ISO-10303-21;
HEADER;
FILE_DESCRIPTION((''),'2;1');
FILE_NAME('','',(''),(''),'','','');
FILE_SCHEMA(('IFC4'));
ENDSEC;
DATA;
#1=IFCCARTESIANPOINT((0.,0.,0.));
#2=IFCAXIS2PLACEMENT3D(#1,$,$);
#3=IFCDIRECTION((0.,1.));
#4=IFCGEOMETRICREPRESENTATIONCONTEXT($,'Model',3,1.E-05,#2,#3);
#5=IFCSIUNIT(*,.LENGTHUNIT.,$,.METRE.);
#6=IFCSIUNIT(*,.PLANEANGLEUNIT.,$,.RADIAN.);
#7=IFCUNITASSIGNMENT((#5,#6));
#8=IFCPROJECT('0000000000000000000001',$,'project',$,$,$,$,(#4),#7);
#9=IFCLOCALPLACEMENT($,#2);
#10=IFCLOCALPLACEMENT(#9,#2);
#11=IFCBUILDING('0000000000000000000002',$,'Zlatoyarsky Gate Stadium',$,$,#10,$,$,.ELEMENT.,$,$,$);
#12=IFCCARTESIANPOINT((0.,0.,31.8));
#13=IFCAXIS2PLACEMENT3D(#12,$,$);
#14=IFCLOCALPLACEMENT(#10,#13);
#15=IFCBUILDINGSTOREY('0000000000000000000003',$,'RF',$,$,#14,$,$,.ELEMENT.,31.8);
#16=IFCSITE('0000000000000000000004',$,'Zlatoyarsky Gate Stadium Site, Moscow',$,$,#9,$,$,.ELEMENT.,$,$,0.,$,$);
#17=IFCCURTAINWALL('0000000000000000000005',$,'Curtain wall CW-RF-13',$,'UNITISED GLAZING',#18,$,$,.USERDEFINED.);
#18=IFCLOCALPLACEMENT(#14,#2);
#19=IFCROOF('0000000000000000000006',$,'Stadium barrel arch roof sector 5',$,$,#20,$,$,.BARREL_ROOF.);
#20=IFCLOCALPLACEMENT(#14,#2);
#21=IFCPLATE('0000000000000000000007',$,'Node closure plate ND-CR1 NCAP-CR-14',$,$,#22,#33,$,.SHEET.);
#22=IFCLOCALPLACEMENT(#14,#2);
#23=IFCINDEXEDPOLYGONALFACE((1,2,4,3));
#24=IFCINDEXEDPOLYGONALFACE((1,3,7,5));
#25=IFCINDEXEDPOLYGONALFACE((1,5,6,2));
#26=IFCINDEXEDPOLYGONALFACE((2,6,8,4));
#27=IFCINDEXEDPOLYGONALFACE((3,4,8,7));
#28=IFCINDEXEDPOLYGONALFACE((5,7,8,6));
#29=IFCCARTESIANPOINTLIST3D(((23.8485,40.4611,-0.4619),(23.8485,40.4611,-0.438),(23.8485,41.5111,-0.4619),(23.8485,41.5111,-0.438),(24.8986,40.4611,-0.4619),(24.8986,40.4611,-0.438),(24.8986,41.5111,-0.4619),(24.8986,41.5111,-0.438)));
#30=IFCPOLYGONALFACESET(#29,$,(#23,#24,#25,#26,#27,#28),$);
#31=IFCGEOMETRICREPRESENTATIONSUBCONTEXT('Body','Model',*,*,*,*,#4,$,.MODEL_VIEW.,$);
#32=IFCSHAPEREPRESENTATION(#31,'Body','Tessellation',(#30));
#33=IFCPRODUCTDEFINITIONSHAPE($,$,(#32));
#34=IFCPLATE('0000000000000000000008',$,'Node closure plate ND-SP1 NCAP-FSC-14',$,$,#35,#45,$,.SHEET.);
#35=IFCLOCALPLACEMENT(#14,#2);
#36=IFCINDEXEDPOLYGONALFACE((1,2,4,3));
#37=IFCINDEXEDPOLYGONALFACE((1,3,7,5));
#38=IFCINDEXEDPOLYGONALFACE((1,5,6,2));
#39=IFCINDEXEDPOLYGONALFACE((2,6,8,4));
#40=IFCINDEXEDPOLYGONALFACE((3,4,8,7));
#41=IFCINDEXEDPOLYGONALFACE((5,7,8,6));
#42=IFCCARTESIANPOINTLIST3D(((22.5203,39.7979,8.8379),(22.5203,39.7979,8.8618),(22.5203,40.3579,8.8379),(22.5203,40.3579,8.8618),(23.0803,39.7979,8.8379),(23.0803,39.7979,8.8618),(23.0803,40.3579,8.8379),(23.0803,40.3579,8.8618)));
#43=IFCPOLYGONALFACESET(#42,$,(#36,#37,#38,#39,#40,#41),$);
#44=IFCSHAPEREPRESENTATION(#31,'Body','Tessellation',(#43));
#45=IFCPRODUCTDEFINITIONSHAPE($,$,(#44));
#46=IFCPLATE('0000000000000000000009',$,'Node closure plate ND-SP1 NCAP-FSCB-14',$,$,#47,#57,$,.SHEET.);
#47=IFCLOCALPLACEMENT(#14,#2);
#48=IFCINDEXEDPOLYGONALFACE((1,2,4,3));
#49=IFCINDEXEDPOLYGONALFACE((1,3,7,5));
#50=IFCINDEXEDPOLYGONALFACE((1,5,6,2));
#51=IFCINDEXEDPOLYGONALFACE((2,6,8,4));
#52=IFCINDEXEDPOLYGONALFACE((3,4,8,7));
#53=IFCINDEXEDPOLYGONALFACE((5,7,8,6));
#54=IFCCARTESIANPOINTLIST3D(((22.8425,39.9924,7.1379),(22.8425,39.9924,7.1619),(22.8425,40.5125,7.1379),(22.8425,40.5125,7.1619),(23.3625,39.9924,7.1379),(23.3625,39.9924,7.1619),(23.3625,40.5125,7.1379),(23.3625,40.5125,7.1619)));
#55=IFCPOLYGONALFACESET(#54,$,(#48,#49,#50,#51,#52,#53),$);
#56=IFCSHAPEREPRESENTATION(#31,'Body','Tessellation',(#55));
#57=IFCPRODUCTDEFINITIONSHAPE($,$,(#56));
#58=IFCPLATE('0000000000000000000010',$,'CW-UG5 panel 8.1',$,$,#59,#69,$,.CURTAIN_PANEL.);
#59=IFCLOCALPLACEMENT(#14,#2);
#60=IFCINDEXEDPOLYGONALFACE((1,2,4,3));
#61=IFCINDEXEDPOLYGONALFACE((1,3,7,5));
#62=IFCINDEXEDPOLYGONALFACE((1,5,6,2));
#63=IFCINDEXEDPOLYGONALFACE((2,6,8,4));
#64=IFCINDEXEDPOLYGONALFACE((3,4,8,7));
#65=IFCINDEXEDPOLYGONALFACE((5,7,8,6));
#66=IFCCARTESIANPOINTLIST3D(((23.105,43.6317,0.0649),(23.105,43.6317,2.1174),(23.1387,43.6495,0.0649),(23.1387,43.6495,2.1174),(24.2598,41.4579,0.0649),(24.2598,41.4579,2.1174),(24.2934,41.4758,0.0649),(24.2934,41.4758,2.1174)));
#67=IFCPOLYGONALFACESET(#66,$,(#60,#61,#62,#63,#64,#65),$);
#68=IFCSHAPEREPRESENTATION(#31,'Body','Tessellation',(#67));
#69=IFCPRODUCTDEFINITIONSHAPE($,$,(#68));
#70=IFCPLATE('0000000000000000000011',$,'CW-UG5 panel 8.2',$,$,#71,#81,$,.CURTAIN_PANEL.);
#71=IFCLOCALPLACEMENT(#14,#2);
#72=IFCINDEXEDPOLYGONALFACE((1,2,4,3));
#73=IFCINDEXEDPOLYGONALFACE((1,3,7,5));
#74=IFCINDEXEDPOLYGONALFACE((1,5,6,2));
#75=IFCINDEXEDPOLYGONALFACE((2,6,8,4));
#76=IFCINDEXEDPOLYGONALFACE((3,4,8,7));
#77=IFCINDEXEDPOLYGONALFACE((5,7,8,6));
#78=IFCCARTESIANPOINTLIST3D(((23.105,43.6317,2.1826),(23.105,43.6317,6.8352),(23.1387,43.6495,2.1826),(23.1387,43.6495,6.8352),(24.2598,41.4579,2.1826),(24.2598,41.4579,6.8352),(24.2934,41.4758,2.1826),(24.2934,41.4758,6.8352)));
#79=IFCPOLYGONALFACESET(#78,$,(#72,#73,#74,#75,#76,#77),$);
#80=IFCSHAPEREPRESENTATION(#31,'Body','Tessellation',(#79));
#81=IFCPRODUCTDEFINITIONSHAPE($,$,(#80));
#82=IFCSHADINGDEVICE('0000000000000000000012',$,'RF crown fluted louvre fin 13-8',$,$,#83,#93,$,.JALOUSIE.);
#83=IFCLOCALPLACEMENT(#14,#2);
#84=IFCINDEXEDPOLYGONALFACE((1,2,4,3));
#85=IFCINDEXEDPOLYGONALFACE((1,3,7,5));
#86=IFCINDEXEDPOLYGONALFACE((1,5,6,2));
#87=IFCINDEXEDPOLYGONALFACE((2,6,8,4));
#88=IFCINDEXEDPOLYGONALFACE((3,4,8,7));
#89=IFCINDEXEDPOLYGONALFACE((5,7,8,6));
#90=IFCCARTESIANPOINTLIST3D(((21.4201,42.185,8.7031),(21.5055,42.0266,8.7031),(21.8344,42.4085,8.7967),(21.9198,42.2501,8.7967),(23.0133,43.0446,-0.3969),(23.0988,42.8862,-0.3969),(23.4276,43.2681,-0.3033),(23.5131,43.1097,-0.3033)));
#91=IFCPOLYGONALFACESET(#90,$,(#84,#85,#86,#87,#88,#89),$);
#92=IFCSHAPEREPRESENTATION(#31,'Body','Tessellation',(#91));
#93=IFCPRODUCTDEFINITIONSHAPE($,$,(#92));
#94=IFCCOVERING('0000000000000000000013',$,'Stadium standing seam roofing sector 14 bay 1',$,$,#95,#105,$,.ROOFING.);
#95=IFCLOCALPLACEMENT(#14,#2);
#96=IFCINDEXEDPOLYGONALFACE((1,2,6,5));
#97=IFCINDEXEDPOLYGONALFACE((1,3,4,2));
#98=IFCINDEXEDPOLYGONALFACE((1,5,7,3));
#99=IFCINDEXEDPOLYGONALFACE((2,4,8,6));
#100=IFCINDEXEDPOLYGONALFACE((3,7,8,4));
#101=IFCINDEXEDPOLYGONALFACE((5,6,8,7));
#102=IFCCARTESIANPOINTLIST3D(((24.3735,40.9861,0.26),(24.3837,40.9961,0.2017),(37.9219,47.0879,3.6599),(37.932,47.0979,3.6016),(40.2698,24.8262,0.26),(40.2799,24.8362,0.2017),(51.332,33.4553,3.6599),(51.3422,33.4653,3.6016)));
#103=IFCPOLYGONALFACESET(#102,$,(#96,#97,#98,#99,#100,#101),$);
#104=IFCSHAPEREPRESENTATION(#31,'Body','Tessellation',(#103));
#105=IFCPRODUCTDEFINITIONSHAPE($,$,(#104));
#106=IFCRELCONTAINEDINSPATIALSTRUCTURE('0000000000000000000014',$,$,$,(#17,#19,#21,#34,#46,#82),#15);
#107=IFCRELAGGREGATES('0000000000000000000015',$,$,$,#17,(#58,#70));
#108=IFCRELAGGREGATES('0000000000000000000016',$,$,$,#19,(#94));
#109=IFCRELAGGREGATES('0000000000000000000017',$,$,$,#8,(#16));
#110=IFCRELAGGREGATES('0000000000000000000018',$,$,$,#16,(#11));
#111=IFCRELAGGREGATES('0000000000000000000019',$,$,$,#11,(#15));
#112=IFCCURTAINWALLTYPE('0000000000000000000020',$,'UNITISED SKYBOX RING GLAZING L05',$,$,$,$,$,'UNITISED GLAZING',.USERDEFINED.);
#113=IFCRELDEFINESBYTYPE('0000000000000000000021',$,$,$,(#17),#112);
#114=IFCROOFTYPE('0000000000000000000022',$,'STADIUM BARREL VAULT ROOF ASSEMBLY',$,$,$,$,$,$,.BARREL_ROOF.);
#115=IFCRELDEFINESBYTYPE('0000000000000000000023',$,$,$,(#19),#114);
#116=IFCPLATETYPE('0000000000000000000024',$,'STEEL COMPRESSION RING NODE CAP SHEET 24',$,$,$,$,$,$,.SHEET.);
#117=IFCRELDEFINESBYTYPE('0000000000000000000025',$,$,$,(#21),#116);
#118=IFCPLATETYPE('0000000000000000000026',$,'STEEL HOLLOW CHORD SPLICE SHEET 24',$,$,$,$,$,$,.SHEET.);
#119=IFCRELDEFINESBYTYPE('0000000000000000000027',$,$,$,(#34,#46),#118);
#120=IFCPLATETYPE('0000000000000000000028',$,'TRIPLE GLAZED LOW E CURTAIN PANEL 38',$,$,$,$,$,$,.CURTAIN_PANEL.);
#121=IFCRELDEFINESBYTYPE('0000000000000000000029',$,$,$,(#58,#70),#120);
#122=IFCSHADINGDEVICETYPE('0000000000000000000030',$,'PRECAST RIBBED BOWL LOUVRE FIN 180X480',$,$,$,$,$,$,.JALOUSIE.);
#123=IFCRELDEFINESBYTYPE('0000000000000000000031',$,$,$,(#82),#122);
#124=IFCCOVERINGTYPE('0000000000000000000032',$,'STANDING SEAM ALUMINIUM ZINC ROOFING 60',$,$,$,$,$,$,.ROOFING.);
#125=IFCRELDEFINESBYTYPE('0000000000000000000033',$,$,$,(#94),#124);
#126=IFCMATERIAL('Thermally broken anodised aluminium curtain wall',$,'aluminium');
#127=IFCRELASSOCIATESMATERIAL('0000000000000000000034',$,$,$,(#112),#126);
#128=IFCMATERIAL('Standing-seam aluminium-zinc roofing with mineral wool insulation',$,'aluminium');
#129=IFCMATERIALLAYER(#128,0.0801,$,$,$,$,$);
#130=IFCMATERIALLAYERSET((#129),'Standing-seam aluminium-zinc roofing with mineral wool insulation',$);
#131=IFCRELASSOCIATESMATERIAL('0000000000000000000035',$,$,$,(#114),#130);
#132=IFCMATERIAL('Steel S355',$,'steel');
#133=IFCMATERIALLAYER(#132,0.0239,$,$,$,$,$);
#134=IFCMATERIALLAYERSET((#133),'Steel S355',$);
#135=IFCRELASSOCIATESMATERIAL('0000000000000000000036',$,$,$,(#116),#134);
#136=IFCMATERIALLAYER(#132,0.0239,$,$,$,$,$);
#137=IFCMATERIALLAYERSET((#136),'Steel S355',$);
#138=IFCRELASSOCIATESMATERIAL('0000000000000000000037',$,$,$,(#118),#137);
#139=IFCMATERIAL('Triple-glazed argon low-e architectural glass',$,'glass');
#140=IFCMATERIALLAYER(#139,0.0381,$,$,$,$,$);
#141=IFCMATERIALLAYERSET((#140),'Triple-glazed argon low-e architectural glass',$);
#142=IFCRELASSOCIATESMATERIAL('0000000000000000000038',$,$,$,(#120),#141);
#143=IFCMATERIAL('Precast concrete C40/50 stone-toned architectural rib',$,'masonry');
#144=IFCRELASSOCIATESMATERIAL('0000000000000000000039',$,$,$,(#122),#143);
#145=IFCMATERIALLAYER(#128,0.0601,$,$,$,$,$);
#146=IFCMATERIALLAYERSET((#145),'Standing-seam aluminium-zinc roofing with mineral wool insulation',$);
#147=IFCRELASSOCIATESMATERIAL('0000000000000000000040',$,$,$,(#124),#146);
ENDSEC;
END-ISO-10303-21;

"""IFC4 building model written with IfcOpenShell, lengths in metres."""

from ifc_helpers import new_model, si_unit, direction, frame, origin, origin_2d, place, context, subcontext, project, spatial, polyline, rectangle, outline, extrude, material, layer, layer_set, material_profile, profile_set, type_object, element, aggregate, save


model = new_model("IFC4")

# Units and contexts
model_context = context("Model", 3, precision=1e-05, world=origin(), true_north=direction((0.0, 1.0)))
body_context = subcontext(model_context, "Body", "Model", "MODEL_VIEW")
ifc_project = project(units=[si_unit("LENGTHUNIT", "METRE"), si_unit("PLANEANGLEUNIT", "RADIAN")], contexts=[model_context])

# Site, building, storey
site_placement = place(None, origin())
site = spatial("IfcSite", under=ifc_project, at=site_placement, Name="Zlatoyarsky Gate Stadium Site, Moscow", CompositionType="ELEMENT", RefElevation=0.0)
building_placement = place(site_placement, origin())
building = spatial("IfcBuilding", under=site, at=building_placement, Name="Zlatoyarsky Gate Stadium", CompositionType="ELEMENT")
storey_placement = place(building_placement, frame((0.0, 0.0, 31.8)))
storey = spatial("IfcBuildingStorey", under=building, at=storey_placement, Name="RF", CompositionType="ELEMENT", Elevation=31.8)

# Curtain wall
ifc_material_1 = material(Name="Thermally broken anodised aluminium curtain wall", Category="aluminium")
curtain_wall_type = type_object("IfcCurtainWallType", Name="UNITISED SKYBOX RING GLAZING L05", ElementType="UNITISED GLAZING", PredefinedType="USERDEFINED", material=ifc_material_1)
curtain_wall_placement = place(storey_placement, origin())
curtain_wall = element("IfcCurtainWall", 1, at=curtain_wall_placement, inside=storey, type_object=curtain_wall_type, Name="Curtain wall CW-RF-13", ObjectType="UNITISED GLAZING", PredefinedType="USERDEFINED")

# Shared definitions
ifc_material_2 = material(Name="Steel S355", Category="steel")

# Roof
ifc_material_3 = material(Name="Standing-seam aluminium-zinc roofing with mineral wool insulation", Category="aluminium")
ifc_layer_1 = layer(ifc_material_3, 0.0801)
ifc_layer_set_1 = layer_set([ifc_layer_1], Name="Standing-seam aluminium-zinc roofing with mineral wool insulation")
roof_type = type_object("IfcRoofType", Name="STADIUM BARREL VAULT ROOF ASSEMBLY", PredefinedType="BARREL_ROOF", material=ifc_layer_set_1)
roof_placement = place(storey_placement, origin())
roof = element("IfcRoof", 2, at=roof_placement, inside=storey, type_object=roof_type, Name="Stadium barrel arch roof sector 5", PredefinedType="BARREL_ROOF")

# Plates
ifc_layer_2 = layer(ifc_material_2, 0.0239)
ifc_layer_set_2 = layer_set([ifc_layer_2], Name="Steel S355")
plate_type_1 = type_object("IfcPlateType", Name="STEEL COMPRESSION RING NODE CAP SHEET 24", PredefinedType="SHEET", material=ifc_layer_set_2)
plate_1_placement = place(storey_placement, frame((24.3735, 40.9861, -0.4619), z_axis=(0.0, 0.0, 1.0), x_axis=(1.0, 0.0, 0.0)))
element("IfcPlate", 3, at=plate_1_placement, inside=storey, type_object=plate_type_1, Name="Node closure plate ND-CR1 NCAP-CR-14", PredefinedType="SHEET", context=body_context, shape_type="SweptSolid", body=[
    extrude(rectangle(XDim=1.05, YDim=1.05, at=origin_2d()), origin(), (0.0, 0.0, 1.0), 0.0239),
])
ifc_layer_3 = layer(ifc_material_2, 0.0239)
ifc_layer_set_3 = layer_set([ifc_layer_3], Name="Steel S355")
plate_type_2 = type_object("IfcPlateType", Name="STEEL HOLLOW CHORD SPLICE SHEET 24", PredefinedType="SHEET", material=ifc_layer_set_3)
plate_2_placement = place(storey_placement, frame((22.8003, 40.0779, 8.8379), z_axis=(0.0, 0.0, 1.0), x_axis=(1.0, 0.0, 0.0)))
element("IfcPlate", 4, at=plate_2_placement, inside=storey, type_object=plate_type_2, Name="Node closure plate ND-SP1 NCAP-FSC-14", PredefinedType="SHEET", context=body_context, shape_type="SweptSolid", body=[
    extrude(rectangle(XDim=0.5601, YDim=0.5601, at=origin_2d()), origin(), (0.0, 0.0, 1.0), 0.0239),
])
plate_3_placement = place(storey_placement, frame((23.1025, 40.2524, 7.1379), z_axis=(0.0, 0.0, 1.0), x_axis=(1.0, 0.0, 0.0)))
element("IfcPlate", 5, at=plate_3_placement, inside=storey, type_object=plate_type_2, Name="Node closure plate ND-SP1 NCAP-FSCB-14", PredefinedType="SHEET", context=body_context, shape_type="SweptSolid", body=[
    extrude(rectangle(XDim=0.52, YDim=0.52, at=origin_2d()), origin(), (0.0, 0.0, 1.0), 0.0239),
])

# Plates
ifc_material_4 = material(Name="Triple-glazed argon low-e architectural glass", Category="glass")
ifc_layer_4 = layer(ifc_material_4, 0.0381)
ifc_layer_set_4 = layer_set([ifc_layer_4], Name="Triple-glazed argon low-e architectural glass")
plate_type_3 = type_object("IfcPlateType", Name="TRIPLE GLAZED LOW E CURTAIN PANEL 38", PredefinedType="CURTAIN_PANEL", material=ifc_layer_set_4)
plate_4_placement = place(storey_placement, frame((23.6992, 42.5537, 0.0649), z_axis=(0.0, 0.0, 1.0), x_axis=(0.469127, -0.883131, 0.0)))
plate_4 = element("IfcPlate", 6, at=plate_4_placement, type_object=plate_type_3, Name="CW-UG5 panel 8.1", PredefinedType="CURTAIN_PANEL", context=body_context, shape_type="SweptSolid", body=[
    extrude(rectangle(XDim=2.4614, YDim=0.0381, at=origin_2d()), origin(), (0.0, 0.0, 1.0), 2.0525),
])
plate_5_placement = place(storey_placement, frame((23.6992, 42.5537, 2.1826), z_axis=(0.0, 0.0, 1.0), x_axis=(0.469127, -0.883131, 0.0)))
plate_5 = element("IfcPlate", 7, at=plate_5_placement, type_object=plate_type_3, Name="CW-UG5 panel 8.2", PredefinedType="CURTAIN_PANEL", context=body_context, shape_type="SweptSolid", body=[
    extrude(rectangle(XDim=2.4614, YDim=0.0381, at=origin_2d()), origin(), (0.0, 0.0, 1.0), 4.6526),
])
aggregate(curtain_wall, [plate_4, plate_5])

# Shading device
ifc_material_5 = material(Name="Precast concrete C40/50 stone-toned architectural rib", Category="masonry")
ifc_material_profile_1 = material_profile(ifc_material_5, rectangle(XDim=0.1799, YDim=0.48, at=origin_2d()), Name="RIB 180X480")
ifc_profile_set_1 = profile_set([ifc_material_profile_1], Name="Precast concrete C40/50 stone-toned architectural rib")
shading_device_type = type_object("IfcShadingDeviceType", Name="PRECAST RIBBED BOWL LOUVRE FIN 180X480", PredefinedType="JALOUSIE", material=ifc_profile_set_1)
shading_device_placement = place(storey_placement, frame((23.2632, 43.0771, -0.3501), z_axis=(-0.171717, -0.092647, 0.98078), x_axis=(0.474831, -0.880077, 0.0)))
element("IfcShadingDevice", 8, at=shading_device_placement, inside=storey, type_object=shading_device_type, Name="RF crown fluted louvre fin 13-8", PredefinedType="JALOUSIE", context=body_context, shape_type="SweptSolid", body=[
    extrude(rectangle(XDim=0.1799, YDim=0.48, at=origin_2d()), origin(), (0.0, 0.0, 1.0), 9.2783),
])

# Covering
ifc_layer_5 = layer(ifc_material_3, 0.0601)
ifc_layer_set_5 = layer_set([ifc_layer_5], Name="Standing-seam aluminium-zinc roofing with mineral wool insulation")
covering_type = type_object("IfcCoveringType", Name="STANDING SEAM ALUMINIUM ZINC ROOFING 60", PredefinedType="ROOFING", material=ifc_layer_set_5)
covering_placement = place(storey_placement, frame((24.3735, 40.9861, 0.26), z_axis=(-0.168949, -0.166192, 0.971513), x_axis=(0.701267, -0.712899, 0.0)))
covering = element("IfcCovering", 9, at=covering_placement, type_object=covering_type, Name="Stadium standing seam roofing sector 14 bay 1", PredefinedType="ROOFING", context=body_context, shape_type="SweptSolid", body=[
    extrude(outline(polyline([(0.0, 0.0), (22.6679, 0.0), (24.2738, 14.3463), (5.151, 14.3463), (0.0, 0.0)])), origin(), (0.0, 0.0, -1.0), 0.0601),
])
aggregate(roof, [covering])

save(model, "model.ifc")
